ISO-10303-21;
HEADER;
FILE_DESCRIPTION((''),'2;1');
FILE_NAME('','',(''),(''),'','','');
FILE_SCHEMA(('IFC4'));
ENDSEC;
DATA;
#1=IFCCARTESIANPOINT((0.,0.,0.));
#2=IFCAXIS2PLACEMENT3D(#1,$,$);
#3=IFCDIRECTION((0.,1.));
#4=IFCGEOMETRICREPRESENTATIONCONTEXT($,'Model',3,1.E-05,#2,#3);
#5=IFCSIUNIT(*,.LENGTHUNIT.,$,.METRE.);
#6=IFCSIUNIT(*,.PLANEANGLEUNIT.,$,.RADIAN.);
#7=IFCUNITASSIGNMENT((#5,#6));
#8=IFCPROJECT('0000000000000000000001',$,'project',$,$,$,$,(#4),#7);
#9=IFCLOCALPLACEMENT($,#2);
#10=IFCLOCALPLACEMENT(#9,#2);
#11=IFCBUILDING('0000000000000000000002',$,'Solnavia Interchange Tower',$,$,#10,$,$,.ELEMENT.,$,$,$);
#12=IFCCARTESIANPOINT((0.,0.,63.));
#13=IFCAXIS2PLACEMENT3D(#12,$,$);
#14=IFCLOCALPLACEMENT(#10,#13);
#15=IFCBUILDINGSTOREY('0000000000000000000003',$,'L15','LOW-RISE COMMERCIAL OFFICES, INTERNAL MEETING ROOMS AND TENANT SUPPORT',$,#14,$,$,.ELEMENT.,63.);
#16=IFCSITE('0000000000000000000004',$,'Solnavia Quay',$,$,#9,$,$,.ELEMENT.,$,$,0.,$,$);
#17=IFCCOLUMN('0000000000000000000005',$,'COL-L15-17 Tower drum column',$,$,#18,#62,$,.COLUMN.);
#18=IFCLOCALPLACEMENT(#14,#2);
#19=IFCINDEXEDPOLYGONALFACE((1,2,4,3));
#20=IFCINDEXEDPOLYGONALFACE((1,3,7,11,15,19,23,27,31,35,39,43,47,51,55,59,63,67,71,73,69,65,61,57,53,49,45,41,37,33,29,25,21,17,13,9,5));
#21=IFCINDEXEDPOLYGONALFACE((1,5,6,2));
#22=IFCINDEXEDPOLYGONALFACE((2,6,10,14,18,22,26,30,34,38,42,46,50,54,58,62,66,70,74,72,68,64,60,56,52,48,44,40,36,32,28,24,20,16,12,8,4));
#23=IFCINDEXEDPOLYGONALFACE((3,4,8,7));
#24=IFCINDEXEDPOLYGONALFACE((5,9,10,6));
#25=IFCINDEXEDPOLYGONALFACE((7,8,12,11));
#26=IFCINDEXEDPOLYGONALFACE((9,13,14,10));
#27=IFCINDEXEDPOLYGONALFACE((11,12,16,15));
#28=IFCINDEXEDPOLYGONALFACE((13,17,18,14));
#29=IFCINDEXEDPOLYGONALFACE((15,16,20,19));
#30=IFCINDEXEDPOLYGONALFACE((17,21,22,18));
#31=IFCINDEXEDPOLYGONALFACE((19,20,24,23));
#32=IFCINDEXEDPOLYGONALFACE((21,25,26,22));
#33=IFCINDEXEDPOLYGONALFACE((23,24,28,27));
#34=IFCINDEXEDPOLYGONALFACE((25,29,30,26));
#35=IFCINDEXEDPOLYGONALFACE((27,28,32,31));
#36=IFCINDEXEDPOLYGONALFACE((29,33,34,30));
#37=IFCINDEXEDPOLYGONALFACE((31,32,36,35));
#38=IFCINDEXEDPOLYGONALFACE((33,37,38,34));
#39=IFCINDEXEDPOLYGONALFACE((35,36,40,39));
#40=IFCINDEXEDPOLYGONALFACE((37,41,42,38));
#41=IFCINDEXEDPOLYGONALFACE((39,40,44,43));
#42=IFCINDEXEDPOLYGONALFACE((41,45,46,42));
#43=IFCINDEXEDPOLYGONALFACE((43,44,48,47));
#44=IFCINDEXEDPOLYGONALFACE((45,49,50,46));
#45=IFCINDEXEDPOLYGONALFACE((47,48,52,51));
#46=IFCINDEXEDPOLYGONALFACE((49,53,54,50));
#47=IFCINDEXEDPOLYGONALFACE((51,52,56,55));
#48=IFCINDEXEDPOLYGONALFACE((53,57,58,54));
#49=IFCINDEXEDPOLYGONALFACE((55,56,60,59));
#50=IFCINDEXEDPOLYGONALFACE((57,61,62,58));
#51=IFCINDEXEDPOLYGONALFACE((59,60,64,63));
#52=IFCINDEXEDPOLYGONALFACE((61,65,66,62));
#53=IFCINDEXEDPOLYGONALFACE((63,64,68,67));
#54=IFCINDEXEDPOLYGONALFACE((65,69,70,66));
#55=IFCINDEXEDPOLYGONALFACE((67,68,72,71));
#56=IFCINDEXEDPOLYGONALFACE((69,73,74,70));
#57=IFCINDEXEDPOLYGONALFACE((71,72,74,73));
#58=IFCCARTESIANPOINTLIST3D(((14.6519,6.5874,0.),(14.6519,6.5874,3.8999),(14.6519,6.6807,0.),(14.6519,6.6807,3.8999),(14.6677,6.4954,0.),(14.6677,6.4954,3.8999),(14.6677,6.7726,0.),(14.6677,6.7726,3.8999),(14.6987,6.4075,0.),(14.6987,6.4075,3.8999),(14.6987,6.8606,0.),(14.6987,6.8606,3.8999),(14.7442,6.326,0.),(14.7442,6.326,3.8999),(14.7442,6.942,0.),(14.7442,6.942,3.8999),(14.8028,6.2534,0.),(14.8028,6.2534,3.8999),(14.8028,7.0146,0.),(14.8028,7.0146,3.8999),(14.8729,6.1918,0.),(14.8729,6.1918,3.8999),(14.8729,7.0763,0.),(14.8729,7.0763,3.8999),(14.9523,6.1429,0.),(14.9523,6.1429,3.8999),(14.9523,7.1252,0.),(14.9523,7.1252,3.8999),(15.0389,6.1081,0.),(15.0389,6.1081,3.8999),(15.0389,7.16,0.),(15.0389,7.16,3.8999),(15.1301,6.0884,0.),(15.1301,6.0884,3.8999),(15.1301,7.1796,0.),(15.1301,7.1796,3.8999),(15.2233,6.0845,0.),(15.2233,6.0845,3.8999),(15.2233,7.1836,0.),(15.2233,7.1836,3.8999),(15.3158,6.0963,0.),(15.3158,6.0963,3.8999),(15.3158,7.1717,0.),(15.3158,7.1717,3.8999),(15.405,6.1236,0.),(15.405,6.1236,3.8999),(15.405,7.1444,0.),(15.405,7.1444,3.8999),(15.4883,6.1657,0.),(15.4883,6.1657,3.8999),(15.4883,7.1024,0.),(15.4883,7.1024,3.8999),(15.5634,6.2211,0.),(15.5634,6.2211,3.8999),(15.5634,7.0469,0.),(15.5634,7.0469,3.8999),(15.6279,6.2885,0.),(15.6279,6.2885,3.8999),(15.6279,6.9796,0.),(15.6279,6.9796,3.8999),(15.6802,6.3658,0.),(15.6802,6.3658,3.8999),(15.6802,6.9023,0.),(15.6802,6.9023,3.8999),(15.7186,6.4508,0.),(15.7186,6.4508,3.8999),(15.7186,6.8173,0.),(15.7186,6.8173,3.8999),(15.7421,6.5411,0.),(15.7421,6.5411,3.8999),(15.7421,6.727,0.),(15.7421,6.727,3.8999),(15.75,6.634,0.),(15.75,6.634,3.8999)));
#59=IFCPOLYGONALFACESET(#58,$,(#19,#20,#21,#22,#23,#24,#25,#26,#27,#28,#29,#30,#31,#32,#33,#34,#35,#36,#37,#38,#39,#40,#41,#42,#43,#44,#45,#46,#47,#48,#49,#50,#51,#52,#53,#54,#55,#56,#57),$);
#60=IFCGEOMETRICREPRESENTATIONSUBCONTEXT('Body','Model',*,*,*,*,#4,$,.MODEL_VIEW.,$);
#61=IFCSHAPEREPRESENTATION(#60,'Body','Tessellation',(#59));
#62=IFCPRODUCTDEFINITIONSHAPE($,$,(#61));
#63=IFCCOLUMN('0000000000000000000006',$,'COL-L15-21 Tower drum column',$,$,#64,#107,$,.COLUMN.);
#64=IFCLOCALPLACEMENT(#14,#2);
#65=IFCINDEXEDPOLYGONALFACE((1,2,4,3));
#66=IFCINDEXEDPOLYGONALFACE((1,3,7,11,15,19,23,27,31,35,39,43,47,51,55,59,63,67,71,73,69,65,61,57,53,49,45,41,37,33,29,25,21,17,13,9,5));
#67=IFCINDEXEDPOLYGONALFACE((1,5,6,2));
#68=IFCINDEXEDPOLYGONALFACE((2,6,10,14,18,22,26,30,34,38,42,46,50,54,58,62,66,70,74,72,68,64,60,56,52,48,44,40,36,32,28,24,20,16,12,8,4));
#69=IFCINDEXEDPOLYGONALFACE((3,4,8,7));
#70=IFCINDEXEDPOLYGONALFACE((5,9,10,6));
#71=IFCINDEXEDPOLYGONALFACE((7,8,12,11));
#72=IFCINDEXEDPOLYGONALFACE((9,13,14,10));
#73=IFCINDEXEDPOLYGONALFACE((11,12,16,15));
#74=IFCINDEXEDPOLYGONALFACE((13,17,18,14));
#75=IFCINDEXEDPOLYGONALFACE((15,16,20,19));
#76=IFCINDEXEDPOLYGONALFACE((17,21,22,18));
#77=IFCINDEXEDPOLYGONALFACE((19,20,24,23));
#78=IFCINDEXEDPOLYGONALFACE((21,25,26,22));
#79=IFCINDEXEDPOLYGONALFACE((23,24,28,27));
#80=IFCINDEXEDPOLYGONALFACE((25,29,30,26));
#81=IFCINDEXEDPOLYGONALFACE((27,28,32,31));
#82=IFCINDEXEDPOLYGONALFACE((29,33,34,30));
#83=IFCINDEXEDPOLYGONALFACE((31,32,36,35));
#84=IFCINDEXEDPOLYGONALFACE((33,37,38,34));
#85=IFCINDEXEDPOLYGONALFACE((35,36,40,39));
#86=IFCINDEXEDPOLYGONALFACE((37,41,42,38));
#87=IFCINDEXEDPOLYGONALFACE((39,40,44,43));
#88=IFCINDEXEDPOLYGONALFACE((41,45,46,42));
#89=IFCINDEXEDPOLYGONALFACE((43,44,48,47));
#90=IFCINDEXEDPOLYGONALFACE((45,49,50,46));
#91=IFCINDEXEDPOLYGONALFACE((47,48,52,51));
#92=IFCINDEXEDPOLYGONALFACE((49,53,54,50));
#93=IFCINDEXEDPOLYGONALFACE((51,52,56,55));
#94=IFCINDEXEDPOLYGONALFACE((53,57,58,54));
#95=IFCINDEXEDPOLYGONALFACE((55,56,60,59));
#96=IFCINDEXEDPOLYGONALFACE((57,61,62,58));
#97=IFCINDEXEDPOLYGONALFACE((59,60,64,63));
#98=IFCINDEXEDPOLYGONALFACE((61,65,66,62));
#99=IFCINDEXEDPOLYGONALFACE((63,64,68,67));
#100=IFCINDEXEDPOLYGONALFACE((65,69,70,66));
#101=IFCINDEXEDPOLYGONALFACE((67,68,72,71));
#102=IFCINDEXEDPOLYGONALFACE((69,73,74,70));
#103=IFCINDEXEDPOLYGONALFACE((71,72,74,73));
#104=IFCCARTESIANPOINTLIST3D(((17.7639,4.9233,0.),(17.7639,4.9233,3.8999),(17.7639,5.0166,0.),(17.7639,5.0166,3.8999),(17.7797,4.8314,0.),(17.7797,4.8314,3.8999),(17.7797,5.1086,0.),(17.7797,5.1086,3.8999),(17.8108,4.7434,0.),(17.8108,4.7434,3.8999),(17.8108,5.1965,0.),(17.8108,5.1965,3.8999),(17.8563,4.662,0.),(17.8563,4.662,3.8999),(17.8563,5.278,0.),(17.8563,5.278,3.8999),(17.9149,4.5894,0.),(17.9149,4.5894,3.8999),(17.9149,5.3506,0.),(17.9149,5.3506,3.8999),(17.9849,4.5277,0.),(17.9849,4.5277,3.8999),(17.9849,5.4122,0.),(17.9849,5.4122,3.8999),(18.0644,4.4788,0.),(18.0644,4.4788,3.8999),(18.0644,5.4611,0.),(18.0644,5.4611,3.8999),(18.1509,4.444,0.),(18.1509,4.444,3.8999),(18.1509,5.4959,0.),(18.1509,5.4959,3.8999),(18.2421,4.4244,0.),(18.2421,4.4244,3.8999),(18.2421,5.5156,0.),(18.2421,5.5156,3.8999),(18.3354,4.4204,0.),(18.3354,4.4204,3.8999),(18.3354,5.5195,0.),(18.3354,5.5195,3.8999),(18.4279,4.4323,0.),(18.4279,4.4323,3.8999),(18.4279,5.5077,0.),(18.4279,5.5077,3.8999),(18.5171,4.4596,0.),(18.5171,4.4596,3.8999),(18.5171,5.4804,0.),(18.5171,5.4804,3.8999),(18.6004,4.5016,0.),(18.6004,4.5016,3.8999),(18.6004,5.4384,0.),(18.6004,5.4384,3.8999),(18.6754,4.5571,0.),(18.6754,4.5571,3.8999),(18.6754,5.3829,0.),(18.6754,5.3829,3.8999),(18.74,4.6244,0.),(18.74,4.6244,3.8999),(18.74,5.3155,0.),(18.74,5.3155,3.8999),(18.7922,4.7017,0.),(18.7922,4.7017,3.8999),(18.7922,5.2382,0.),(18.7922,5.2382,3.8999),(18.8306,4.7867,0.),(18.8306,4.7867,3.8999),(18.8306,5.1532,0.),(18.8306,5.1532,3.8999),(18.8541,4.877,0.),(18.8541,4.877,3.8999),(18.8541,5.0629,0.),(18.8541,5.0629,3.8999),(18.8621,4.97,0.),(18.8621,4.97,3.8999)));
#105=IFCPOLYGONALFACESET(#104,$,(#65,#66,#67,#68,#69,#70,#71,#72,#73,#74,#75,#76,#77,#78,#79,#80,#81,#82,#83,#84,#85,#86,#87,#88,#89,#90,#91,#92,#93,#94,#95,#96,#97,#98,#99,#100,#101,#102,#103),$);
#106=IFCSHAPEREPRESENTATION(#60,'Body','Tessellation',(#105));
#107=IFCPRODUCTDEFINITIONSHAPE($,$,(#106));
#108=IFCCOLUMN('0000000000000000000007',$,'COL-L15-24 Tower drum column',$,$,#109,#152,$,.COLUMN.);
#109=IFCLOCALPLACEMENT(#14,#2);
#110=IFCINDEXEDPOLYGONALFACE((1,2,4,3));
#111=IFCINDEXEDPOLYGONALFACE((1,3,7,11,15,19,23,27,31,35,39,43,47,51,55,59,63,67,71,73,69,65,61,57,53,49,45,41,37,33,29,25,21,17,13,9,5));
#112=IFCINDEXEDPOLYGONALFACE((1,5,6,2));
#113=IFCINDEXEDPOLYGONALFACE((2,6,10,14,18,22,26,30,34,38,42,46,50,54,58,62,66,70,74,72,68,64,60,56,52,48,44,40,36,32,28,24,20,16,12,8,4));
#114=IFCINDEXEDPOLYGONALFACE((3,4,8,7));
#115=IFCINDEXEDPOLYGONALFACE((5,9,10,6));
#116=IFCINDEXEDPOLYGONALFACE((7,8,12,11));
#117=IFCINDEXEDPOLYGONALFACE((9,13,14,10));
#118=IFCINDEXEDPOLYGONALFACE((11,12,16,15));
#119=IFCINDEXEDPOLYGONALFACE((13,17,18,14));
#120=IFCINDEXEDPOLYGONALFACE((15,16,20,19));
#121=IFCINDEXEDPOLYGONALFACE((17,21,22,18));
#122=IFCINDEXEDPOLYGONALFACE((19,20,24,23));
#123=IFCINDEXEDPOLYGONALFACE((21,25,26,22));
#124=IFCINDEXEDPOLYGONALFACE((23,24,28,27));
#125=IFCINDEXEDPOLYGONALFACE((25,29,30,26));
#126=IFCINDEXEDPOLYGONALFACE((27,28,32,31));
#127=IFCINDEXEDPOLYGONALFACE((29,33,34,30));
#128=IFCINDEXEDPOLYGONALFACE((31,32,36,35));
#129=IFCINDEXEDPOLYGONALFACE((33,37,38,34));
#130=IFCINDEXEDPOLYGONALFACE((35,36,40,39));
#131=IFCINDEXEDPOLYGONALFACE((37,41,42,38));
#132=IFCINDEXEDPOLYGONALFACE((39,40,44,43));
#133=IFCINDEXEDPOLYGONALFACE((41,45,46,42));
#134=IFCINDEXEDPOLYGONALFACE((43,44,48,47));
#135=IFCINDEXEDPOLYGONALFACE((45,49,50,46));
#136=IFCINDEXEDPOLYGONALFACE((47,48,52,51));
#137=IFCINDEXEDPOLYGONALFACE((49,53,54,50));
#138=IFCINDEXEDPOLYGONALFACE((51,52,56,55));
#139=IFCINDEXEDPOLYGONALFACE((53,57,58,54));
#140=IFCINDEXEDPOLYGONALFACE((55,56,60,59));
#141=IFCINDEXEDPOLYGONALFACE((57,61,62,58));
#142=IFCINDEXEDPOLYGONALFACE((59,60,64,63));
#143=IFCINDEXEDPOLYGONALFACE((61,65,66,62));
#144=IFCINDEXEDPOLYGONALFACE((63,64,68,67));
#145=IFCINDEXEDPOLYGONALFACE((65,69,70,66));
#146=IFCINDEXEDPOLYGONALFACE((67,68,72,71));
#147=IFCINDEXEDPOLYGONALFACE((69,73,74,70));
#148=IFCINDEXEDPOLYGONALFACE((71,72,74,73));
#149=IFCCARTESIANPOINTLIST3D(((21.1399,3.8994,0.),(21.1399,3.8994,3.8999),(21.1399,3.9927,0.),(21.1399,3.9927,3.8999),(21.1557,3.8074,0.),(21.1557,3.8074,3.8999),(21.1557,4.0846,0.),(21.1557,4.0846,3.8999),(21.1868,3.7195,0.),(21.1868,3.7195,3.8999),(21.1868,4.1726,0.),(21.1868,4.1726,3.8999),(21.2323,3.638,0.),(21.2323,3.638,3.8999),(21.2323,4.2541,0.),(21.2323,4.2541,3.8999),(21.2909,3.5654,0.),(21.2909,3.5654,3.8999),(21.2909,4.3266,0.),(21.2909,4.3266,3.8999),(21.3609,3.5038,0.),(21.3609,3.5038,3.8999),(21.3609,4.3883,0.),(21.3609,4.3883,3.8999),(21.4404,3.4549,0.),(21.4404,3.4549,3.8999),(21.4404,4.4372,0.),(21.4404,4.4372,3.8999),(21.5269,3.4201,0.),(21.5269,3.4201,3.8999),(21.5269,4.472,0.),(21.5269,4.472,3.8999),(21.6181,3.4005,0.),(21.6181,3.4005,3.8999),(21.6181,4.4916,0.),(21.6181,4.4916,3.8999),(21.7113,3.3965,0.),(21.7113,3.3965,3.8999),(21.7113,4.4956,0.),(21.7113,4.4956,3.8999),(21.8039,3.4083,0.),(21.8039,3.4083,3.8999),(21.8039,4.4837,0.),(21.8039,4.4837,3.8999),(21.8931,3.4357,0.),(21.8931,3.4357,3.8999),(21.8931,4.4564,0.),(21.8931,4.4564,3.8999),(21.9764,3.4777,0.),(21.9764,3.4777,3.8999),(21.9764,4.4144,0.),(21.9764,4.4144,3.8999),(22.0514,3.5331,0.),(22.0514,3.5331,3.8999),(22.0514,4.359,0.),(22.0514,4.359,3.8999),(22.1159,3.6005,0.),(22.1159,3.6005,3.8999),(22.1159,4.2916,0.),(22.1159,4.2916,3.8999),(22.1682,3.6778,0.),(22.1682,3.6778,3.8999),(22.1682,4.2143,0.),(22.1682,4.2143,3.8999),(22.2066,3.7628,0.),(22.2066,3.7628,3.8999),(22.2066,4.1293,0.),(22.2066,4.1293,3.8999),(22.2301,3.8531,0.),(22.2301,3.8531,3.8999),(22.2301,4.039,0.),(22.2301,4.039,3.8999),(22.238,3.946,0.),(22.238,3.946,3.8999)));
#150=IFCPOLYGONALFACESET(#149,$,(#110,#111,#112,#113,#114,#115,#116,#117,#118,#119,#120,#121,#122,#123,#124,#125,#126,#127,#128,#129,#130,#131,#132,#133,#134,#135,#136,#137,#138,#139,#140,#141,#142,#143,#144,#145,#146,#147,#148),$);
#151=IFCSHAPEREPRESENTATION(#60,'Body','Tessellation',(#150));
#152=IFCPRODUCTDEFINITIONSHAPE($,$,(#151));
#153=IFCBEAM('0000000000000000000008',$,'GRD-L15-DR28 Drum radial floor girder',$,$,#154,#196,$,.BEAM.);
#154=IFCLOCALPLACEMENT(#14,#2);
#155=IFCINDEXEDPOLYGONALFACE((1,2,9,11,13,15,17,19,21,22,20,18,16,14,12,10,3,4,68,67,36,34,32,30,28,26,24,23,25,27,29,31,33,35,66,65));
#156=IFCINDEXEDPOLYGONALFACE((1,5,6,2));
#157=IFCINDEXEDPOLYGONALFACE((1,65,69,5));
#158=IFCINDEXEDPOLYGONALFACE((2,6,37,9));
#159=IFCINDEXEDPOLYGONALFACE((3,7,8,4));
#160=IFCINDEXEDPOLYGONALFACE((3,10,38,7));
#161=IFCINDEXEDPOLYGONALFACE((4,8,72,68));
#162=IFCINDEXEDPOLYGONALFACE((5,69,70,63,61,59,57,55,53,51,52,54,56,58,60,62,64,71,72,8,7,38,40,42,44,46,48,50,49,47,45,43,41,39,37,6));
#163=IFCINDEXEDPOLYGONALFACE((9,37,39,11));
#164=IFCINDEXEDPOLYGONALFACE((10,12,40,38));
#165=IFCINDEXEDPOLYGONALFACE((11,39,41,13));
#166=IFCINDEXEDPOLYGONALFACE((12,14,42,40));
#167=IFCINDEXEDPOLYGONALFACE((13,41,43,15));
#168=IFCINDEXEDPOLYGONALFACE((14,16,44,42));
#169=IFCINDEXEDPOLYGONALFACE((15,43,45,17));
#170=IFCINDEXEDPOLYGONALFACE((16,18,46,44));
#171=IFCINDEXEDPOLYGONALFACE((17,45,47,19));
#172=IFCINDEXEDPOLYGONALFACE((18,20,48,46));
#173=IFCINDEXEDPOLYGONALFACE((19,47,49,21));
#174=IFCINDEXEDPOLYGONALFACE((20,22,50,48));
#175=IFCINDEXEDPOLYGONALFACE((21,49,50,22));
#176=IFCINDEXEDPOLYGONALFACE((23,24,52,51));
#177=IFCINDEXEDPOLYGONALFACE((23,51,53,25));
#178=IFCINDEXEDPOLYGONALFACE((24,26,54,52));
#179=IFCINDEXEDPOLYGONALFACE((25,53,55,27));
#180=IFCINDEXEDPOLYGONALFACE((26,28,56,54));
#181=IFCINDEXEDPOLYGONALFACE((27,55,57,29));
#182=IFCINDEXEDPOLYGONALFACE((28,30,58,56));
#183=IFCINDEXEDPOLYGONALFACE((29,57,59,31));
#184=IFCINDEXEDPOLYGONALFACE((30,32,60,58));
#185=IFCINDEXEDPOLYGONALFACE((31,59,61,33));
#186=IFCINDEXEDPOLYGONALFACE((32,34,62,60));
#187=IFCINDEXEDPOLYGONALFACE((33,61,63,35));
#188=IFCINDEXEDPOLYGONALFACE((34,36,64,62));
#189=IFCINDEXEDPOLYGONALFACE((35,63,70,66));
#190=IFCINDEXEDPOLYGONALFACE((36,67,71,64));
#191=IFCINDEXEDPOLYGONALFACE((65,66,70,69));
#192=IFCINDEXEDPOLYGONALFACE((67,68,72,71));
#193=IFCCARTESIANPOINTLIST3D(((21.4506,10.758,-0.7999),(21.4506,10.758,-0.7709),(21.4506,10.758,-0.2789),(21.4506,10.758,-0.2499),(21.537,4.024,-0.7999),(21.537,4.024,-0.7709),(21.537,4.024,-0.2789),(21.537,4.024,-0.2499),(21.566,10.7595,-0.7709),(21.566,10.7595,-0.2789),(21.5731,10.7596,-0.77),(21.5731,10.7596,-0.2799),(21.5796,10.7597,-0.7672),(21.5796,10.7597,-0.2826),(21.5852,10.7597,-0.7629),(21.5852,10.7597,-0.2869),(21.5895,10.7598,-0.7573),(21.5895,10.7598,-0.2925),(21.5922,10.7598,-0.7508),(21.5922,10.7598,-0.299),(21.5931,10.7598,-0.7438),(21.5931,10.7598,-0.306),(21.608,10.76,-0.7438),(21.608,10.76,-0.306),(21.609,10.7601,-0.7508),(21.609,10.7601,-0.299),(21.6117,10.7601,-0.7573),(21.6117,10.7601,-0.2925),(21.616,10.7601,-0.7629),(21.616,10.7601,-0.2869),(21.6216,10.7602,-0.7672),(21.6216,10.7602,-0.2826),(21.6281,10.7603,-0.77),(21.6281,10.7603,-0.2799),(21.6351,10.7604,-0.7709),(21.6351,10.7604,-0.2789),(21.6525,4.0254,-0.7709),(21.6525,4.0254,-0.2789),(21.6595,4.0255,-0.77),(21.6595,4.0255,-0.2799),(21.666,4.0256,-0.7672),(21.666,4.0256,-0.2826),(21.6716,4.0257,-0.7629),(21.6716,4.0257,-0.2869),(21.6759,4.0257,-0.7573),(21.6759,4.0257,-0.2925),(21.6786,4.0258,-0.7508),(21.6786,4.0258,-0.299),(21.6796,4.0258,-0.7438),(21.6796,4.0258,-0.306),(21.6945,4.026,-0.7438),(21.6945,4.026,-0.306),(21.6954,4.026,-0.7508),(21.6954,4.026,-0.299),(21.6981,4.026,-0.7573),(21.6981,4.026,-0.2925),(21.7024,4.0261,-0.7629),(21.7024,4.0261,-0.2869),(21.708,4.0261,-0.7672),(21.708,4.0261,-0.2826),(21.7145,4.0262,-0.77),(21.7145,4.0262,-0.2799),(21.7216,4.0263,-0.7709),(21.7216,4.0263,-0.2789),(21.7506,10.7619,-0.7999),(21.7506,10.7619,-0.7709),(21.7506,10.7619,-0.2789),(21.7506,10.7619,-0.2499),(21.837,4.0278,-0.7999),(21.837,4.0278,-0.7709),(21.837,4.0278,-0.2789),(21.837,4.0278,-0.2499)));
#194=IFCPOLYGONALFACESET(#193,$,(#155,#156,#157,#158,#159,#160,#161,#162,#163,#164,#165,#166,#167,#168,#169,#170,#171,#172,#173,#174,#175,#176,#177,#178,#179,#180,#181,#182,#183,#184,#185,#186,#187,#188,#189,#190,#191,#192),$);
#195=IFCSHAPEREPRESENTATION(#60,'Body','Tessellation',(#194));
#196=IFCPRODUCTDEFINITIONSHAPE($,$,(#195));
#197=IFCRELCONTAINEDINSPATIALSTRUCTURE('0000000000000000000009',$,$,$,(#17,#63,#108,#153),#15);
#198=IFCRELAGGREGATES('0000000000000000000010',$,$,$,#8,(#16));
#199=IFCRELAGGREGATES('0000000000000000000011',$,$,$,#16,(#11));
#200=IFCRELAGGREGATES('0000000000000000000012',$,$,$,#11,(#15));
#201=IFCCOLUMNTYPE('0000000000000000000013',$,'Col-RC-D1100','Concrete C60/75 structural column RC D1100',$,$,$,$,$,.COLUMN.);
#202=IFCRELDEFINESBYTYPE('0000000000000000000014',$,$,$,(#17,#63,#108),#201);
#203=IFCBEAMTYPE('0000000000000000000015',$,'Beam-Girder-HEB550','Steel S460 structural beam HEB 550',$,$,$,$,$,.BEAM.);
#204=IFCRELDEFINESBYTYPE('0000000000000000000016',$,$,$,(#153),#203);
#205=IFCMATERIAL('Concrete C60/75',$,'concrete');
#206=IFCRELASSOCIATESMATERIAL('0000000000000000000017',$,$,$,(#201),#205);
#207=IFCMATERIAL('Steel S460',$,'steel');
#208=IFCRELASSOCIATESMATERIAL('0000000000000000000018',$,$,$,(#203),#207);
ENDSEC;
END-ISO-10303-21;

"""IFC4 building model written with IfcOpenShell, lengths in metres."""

from ifc_helpers import new_model, si_unit, direction, frame, origin, origin_2d, place, context, subcontext, project, spatial, circle, i_section, extrude, material, material_profile, profile_set, type_object, element, save


model = new_model("IFC4")

# Units and contexts
model_context = context("Model", 3, precision=1e-05, world=origin(), true_north=direction((0.0, 1.0)))
body_context = subcontext(model_context, "Body", "Model", "MODEL_VIEW")
ifc_project = project(units=[si_unit("LENGTHUNIT", "METRE"), si_unit("PLANEANGLEUNIT", "RADIAN")], contexts=[model_context])

# Site, building, storey
site_placement = place(None, origin())
site = spatial("IfcSite", under=ifc_project, at=site_placement, Name="Solnavia Quay", CompositionType="ELEMENT", RefElevation=0.0)
building_placement = place(site_placement, origin())
building = spatial("IfcBuilding", under=site, at=building_placement, Name="Solnavia Interchange Tower", CompositionType="ELEMENT")
storey_placement = place(building_placement, frame((0.0, 0.0, 63.0)))
storey = spatial("IfcBuildingStorey", under=building, at=storey_placement, Name="L15", Description="LOW-RISE COMMERCIAL OFFICES, INTERNAL MEETING ROOMS AND TENANT SUPPORT", CompositionType="ELEMENT", Elevation=63.0)

# Columns
ifc_material_1 = material(Name="Concrete C60/75", Category="concrete")
ifc_material_profile_1 = material_profile(ifc_material_1, circle(Radius=0.55, at=origin_2d()), Name="RC D1100")
ifc_profile_set_1 = profile_set([ifc_material_profile_1], Name="Concrete C60/75")
column_type = type_object("IfcColumnType", Name="Col-RC-D1100", Description="Concrete C60/75 structural column RC D1100", PredefinedType="COLUMN", material=ifc_profile_set_1)
for number, where, z_axis, x_axis, name in (
    (1, (15.2, 6.634, 0.0), (0.0, 0.0, 1.0), (1.0, 0.0, 0.0), "COL-L15-17 Tower drum column"),
    (2, (18.312, 4.97, 0.0), (0.0, 0.0, 1.0), (1.0, 0.0, 0.0), "COL-L15-21 Tower drum column"),
    (3, (21.688, 3.946, 0.0), (0.0, 0.0, 1.0), (1.0, 0.0, 0.0), "COL-L15-24 Tower drum column"),
):
    element("IfcColumn", number, at=place(storey_placement, frame(where, z_axis=z_axis, x_axis=x_axis)), inside=storey, type_object=column_type, Name=name, PredefinedType="COLUMN", context=body_context, shape_type="SweptSolid", body=[
        extrude(circle(Radius=0.55, at=origin_2d()), origin(), (0.0, 0.0, 1.0), 3.8999),
    ])

# Beam
ifc_material_2 = material(Name="Steel S460", Category="steel")
ifc_material_profile_2 = material_profile(ifc_material_2, i_section(OverallWidth=0.3, OverallDepth=0.55, WebThickness=0.0149, FlangeThickness=0.0291, FilletRadius=0.0271, at=origin_2d()), Name="HEB 550")
ifc_profile_set_2 = profile_set([ifc_material_profile_2], Name="Steel S460")
beam_type_1 = type_object("IfcBeamType", Name="Beam-Girder-HEB550", Description="Steel S460 structural beam HEB 550", PredefinedType="BEAM", material=ifc_profile_set_2)
beam_1_placement = place(storey_placement, frame((21.687, 4.0259, -0.5249), z_axis=(-0.012833, 0.999918, 0.0), x_axis=(-0.999918, -0.012833, 0.0)))
element("IfcBeam", 4, at=beam_1_placement, inside=storey, type_object=beam_type_1, Name="GRD-L15-DR28 Drum radial floor girder", PredefinedType="BEAM", context=body_context, shape_type="SweptSolid", body=[
    extrude(i_section(OverallWidth=0.3, OverallDepth=0.55, WebThickness=0.0149, FlangeThickness=0.0291, FilletRadius=0.0271, at=origin_2d()), origin(), (0.0, 0.0, 1.0), 6.7346),
])

save(model, "model.ifc")
